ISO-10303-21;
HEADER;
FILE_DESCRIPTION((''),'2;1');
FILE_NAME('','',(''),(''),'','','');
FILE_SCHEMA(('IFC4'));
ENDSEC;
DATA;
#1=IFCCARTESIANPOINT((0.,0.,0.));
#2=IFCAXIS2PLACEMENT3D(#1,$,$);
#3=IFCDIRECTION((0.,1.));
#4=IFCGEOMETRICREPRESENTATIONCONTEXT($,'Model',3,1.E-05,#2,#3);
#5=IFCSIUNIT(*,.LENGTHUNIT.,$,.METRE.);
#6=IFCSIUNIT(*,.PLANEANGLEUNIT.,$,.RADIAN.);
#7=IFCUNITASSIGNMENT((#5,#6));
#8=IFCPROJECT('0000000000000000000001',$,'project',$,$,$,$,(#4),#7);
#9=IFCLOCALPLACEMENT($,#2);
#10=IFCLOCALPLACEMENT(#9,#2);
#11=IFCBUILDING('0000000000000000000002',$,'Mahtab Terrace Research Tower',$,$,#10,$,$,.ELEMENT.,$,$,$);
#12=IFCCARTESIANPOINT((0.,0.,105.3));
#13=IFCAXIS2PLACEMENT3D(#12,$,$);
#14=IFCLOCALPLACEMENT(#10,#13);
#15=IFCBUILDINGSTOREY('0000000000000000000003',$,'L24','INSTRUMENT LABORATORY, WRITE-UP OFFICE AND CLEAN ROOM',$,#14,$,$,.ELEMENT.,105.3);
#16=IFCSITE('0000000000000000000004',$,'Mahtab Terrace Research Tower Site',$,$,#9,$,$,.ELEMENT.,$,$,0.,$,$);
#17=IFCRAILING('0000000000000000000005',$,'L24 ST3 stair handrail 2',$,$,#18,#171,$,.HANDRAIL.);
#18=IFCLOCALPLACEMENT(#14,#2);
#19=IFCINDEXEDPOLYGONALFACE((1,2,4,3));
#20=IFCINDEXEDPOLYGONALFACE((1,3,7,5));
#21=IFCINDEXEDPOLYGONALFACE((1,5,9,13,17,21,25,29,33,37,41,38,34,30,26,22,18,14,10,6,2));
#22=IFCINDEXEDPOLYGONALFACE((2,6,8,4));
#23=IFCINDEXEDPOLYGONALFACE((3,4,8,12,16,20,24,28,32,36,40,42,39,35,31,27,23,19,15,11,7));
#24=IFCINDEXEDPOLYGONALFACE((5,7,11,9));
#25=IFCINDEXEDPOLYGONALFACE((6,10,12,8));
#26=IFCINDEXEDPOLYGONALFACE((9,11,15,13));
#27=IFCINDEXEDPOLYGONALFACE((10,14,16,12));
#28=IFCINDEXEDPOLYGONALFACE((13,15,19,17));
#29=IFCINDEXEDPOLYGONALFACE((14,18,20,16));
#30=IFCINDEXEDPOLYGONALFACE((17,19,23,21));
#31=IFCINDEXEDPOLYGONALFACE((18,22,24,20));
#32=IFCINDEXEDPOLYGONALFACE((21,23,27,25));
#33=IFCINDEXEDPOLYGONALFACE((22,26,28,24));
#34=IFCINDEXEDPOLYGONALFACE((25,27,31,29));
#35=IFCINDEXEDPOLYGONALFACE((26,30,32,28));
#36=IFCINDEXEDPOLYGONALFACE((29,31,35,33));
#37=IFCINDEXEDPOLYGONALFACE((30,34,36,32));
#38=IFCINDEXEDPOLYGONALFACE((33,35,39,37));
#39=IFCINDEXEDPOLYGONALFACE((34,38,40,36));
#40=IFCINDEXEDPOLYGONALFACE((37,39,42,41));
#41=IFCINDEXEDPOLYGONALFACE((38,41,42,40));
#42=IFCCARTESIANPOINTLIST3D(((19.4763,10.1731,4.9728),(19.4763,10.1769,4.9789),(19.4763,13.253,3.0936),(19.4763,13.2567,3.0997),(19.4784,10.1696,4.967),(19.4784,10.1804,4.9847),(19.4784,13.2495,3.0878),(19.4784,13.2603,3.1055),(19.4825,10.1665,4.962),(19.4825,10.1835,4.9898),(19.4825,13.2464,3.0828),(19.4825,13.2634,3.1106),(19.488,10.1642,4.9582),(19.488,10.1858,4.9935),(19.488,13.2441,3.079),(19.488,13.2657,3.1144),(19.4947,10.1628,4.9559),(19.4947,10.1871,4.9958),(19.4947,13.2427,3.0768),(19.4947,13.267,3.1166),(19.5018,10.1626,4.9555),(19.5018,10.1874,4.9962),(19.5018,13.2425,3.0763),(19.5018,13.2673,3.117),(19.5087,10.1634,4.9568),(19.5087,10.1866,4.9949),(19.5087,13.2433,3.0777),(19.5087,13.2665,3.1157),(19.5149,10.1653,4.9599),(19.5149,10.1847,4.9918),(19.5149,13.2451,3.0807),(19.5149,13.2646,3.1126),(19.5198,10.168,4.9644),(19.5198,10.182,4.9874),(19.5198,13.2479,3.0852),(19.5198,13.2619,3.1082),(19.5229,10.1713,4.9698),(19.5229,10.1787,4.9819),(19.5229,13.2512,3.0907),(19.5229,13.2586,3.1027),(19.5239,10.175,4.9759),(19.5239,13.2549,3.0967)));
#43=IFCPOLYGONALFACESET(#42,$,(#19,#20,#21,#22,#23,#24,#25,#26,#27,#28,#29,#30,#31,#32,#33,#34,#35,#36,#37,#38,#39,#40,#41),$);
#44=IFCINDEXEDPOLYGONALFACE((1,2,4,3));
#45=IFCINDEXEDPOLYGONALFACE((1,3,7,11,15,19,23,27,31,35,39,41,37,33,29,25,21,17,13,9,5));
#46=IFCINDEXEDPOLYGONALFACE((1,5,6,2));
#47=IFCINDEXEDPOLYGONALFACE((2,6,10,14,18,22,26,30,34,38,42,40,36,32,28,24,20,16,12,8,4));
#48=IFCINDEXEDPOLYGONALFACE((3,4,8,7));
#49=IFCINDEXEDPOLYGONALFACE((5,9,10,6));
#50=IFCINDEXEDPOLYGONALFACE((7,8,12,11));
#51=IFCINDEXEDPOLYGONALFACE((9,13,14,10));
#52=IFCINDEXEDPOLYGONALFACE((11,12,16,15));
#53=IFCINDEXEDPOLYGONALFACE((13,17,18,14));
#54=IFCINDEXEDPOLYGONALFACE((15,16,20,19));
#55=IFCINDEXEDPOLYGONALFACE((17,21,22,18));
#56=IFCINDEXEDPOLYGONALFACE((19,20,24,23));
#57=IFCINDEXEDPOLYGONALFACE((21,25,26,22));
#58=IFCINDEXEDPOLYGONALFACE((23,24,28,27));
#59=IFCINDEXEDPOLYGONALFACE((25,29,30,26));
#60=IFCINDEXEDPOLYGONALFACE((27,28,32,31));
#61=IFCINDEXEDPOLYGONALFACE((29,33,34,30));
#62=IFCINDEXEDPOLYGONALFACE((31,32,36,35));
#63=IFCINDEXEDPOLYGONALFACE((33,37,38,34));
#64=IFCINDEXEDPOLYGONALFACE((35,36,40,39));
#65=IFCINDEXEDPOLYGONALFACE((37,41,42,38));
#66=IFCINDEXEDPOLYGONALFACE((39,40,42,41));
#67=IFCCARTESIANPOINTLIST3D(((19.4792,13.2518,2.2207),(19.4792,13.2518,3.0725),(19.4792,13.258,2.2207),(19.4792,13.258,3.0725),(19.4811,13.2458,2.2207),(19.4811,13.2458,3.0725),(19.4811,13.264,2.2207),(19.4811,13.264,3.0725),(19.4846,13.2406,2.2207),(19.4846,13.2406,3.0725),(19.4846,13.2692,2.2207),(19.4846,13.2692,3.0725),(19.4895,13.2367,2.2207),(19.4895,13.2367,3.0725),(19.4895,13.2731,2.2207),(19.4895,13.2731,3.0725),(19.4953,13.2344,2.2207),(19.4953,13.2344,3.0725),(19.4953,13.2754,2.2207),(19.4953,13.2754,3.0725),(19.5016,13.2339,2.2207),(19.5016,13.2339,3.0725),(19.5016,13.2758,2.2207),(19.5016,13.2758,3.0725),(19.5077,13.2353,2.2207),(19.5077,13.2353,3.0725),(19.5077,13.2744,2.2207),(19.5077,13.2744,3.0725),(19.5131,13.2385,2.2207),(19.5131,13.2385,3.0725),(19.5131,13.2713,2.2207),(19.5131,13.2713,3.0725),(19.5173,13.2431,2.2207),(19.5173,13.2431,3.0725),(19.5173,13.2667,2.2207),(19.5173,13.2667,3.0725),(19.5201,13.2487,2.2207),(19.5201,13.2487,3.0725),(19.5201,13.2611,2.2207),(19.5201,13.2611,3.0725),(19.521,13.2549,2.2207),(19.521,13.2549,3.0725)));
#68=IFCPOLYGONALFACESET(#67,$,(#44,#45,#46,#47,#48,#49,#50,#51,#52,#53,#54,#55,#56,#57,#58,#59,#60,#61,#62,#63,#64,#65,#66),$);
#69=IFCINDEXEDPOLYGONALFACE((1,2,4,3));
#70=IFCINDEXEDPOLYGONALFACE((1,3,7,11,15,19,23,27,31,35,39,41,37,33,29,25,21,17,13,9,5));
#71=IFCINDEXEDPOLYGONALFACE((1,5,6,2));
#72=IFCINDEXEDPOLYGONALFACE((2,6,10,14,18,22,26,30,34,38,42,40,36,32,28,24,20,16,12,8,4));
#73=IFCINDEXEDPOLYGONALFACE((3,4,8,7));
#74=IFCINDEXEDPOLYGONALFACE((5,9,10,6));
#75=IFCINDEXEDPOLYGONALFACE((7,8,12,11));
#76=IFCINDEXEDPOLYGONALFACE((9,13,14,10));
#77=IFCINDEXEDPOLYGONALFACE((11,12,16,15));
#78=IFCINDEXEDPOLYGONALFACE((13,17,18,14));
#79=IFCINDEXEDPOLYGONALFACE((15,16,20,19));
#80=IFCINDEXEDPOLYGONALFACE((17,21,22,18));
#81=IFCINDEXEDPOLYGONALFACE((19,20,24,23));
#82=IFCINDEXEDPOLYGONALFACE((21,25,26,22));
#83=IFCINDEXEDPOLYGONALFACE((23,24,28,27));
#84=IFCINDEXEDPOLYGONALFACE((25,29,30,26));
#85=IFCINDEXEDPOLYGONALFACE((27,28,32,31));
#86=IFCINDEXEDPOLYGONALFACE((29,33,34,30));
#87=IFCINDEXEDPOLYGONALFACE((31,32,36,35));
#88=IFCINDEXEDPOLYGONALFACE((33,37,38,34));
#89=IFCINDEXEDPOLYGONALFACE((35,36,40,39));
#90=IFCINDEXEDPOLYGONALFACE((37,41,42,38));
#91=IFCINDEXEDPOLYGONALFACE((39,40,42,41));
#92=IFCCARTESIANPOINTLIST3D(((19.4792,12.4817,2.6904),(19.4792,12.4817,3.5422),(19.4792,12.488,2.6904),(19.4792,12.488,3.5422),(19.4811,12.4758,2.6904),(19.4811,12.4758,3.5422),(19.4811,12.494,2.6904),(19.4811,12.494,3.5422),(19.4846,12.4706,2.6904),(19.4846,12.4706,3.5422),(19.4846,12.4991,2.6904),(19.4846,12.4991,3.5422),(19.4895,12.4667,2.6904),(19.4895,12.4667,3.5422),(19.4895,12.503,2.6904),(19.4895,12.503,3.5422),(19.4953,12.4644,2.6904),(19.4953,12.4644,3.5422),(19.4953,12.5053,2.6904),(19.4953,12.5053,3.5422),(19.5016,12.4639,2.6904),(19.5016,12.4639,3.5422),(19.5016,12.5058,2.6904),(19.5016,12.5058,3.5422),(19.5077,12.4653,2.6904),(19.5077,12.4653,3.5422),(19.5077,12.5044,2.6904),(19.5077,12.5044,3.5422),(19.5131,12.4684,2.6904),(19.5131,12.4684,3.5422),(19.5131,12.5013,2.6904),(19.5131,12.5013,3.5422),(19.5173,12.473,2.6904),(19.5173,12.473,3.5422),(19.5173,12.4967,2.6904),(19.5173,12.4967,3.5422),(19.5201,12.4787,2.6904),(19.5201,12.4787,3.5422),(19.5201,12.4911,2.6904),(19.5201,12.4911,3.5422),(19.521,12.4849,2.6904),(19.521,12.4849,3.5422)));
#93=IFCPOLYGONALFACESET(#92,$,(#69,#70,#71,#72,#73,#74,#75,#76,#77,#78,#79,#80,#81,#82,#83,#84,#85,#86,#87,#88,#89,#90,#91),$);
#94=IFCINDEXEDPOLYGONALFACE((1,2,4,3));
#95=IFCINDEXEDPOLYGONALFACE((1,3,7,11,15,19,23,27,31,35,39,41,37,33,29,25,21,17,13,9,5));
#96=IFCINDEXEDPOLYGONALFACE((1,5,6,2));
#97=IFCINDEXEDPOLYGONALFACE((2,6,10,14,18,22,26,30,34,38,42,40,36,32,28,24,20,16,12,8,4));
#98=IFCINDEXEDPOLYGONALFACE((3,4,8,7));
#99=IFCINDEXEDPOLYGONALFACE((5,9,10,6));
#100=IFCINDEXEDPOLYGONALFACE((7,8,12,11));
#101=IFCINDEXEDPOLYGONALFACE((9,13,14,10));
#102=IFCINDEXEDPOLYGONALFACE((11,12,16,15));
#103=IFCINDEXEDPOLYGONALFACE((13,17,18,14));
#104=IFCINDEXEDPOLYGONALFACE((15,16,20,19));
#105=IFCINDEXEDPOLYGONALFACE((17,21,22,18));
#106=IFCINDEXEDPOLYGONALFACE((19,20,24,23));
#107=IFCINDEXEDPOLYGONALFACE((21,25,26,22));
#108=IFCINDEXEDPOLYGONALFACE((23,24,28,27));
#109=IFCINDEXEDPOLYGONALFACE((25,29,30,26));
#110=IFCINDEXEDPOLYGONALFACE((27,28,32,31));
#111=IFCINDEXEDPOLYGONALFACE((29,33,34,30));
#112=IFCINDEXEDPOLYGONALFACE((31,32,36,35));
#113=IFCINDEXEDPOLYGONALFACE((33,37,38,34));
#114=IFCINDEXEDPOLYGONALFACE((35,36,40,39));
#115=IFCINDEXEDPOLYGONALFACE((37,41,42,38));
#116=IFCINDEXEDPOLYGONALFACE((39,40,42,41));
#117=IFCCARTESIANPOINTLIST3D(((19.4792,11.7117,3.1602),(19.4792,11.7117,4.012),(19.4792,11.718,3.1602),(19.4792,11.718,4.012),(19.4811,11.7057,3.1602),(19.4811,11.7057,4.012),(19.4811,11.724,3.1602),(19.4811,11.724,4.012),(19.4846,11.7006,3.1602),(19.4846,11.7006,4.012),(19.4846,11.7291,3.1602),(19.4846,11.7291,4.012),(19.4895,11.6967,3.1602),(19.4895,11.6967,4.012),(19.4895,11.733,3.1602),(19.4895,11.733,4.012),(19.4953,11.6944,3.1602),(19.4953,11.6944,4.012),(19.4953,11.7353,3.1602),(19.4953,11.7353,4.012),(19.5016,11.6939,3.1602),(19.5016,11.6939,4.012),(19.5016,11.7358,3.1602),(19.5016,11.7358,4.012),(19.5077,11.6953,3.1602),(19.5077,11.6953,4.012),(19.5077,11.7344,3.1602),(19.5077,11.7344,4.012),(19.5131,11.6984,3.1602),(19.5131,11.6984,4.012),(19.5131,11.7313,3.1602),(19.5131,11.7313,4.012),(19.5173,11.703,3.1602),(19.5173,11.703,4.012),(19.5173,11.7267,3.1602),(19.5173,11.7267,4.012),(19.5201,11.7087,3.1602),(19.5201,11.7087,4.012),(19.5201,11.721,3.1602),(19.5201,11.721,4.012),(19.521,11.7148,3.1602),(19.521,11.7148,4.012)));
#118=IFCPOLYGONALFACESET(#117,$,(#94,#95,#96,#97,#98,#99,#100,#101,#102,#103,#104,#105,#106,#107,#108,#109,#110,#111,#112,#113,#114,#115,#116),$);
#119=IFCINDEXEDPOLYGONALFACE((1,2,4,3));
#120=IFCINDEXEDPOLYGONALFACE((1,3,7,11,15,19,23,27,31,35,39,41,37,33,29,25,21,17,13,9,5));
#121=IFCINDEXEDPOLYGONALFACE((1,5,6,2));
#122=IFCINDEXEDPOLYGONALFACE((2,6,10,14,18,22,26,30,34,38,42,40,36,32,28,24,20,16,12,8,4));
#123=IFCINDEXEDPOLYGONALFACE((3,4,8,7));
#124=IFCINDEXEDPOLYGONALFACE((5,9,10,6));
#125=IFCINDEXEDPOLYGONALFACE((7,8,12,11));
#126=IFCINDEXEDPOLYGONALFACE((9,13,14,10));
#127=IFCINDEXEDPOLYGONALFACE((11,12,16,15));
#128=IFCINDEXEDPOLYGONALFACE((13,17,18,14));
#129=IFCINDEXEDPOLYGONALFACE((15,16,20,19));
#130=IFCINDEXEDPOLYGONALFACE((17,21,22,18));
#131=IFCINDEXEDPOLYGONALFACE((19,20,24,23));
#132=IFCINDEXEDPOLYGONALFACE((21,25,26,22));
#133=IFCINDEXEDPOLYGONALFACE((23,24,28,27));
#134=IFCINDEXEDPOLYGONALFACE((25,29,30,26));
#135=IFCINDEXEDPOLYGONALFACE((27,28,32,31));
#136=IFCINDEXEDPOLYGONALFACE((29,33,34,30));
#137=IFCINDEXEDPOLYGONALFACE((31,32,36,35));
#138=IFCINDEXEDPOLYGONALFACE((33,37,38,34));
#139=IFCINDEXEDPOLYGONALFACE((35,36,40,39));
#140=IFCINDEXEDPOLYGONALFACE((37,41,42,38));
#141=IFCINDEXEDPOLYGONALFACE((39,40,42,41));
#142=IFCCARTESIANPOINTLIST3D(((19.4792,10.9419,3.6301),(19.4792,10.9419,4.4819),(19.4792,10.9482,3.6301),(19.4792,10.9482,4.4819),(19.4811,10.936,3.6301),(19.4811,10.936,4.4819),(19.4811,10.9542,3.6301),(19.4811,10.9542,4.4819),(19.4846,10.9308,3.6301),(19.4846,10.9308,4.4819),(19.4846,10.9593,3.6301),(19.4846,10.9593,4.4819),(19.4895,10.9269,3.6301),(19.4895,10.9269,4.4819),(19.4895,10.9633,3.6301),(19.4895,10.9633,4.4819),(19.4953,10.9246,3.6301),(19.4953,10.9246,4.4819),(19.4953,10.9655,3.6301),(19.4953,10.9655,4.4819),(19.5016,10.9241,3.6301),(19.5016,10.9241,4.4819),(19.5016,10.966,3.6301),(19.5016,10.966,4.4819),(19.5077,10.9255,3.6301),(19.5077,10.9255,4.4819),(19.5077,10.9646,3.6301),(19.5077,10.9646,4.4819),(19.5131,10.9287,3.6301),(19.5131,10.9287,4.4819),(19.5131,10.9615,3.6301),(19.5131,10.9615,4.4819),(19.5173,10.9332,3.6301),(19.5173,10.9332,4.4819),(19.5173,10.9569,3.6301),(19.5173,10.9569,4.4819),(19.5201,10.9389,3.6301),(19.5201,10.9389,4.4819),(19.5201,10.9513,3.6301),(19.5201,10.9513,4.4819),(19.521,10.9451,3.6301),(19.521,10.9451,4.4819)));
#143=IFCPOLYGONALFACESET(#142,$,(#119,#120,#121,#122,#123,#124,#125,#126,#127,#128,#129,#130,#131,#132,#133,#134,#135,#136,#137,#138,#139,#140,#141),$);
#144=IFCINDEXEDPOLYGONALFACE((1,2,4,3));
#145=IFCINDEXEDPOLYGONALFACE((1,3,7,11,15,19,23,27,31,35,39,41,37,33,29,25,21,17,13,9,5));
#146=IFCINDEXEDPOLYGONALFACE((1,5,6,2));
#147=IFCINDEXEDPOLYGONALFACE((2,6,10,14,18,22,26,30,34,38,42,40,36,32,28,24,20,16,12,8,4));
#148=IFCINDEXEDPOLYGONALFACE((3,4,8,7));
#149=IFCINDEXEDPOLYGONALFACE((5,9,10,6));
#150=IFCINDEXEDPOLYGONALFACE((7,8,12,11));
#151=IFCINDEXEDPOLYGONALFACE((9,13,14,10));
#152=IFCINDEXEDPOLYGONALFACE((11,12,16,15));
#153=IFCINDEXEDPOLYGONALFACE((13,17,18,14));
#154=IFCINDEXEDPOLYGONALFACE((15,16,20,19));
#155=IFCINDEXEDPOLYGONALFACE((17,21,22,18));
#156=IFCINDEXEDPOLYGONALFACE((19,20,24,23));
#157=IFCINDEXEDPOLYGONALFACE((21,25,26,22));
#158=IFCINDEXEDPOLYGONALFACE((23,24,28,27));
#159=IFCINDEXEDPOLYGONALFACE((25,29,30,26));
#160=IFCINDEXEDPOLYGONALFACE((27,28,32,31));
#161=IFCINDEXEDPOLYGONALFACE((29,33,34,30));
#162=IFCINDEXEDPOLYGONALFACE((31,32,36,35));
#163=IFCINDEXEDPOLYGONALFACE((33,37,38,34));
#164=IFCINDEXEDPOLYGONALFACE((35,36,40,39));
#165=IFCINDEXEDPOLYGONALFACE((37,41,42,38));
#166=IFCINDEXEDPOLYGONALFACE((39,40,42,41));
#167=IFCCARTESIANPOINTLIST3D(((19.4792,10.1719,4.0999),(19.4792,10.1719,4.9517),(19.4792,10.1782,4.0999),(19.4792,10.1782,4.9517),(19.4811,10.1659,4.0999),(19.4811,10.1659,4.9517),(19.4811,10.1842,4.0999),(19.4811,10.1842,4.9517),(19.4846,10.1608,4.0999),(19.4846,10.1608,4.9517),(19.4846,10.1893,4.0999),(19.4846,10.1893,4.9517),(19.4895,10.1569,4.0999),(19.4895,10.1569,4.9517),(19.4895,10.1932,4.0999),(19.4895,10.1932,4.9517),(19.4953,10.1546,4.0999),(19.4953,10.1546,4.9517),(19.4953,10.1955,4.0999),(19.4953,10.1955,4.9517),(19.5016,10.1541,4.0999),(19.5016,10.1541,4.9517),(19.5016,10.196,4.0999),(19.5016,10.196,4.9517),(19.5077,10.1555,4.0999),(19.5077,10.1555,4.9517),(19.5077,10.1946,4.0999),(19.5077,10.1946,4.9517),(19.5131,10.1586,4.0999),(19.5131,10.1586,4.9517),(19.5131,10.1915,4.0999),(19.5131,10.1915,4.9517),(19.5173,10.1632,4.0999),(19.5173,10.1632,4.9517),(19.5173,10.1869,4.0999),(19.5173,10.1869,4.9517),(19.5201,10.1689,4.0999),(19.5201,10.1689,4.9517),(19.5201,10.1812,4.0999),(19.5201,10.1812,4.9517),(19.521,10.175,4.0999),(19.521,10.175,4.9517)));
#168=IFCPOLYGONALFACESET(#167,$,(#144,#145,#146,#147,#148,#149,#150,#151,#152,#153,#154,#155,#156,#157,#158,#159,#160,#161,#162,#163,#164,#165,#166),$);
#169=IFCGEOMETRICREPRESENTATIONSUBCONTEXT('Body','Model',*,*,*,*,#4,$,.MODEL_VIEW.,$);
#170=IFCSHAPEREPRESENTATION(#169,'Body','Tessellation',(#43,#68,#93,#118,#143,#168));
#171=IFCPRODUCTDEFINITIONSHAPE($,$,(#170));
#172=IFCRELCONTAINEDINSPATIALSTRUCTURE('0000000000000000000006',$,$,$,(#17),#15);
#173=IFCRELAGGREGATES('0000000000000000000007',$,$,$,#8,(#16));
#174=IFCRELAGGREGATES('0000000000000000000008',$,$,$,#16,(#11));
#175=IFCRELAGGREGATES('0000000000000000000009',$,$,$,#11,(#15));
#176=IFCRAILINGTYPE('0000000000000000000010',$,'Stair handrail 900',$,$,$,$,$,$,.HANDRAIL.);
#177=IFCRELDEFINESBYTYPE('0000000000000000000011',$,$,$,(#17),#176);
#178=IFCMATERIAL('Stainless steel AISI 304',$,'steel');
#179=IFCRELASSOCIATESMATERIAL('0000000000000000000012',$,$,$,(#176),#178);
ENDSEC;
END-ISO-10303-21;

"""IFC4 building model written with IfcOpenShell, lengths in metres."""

from ifc_helpers import new_model, si_unit, direction, frame, origin, origin_2d, place, context, subcontext, project, spatial, circle, extrude, material, type_object, element, save


model = new_model("IFC4")

# Units and contexts
model_context = context("Model", 3, precision=1e-05, world=origin(), true_north=direction((0.0, 1.0)))
body_context = subcontext(model_context, "Body", "Model", "MODEL_VIEW")
ifc_project = project(units=[si_unit("LENGTHUNIT", "METRE"), si_unit("PLANEANGLEUNIT", "RADIAN")], contexts=[model_context])

# Site, building, storey
site_placement = place(None, origin())
site = spatial("IfcSite", under=ifc_project, at=site_placement, Name="Mahtab Terrace Research Tower Site", CompositionType="ELEMENT", RefElevation=0.0)
building_placement = place(site_placement, origin())
building = spatial("IfcBuilding", under=site, at=building_placement, Name="Mahtab Terrace Research Tower", CompositionType="ELEMENT")
storey_placement = place(building_placement, frame((0.0, 0.0, 105.3)))
storey = spatial("IfcBuildingStorey", under=building, at=storey_placement, Name="L24", Description="INSTRUMENT LABORATORY, WRITE-UP OFFICE AND CLEAN ROOM", CompositionType="ELEMENT", Elevation=105.3)

# Shared definitions
ifc_material_1 = material(Name="Stainless steel AISI 304", Category="steel")

# Railing
railing_type_1 = type_object("IfcRailingType", Name="Stair handrail 900", PredefinedType="HANDRAIL", material=ifc_material_1)
railing_1_placement = place(storey_placement, frame((19.5, 13.2549, 2.2207)))
element("IfcRailing", 1, at=railing_1_placement, inside=storey, type_object=railing_type_1, Name="L24 ST3 stair handrail 2", PredefinedType="HANDRAIL", context=body_context, shape_type="SweptSolid", body=[
    extrude(circle(Radius=0.0239, at=origin_2d()), frame((0.0, 0.0, 0.876), z_axis=(0.0, -0.853648, 0.52085), x_axis=(1.0, 0.0, 0.0)), (0.0, 0.0, 1.0), 3.6079),
    extrude(circle(Radius=0.021, at=origin_2d()), origin(), (0.0, 0.0, 1.0), 0.8518),
    extrude(circle(Radius=0.021, at=origin_2d()), frame((0.0, -0.77, 0.4697)), (0.0, 0.0, 1.0), 0.8518),
    extrude(circle(Radius=0.021, at=origin_2d()), frame((0.0, -1.54, 0.9395)), (0.0, 0.0, 1.0), 0.8518),
    extrude(circle(Radius=0.021, at=origin_2d()), frame((0.0, -2.3098, 1.4094)), (0.0, 0.0, 1.0), 0.8518),
    extrude(circle(Radius=0.021, at=origin_2d()), frame((0.0, -3.0798, 1.8792)), (0.0, 0.0, 1.0), 0.8518),
])

save(model, "model.ifc")
